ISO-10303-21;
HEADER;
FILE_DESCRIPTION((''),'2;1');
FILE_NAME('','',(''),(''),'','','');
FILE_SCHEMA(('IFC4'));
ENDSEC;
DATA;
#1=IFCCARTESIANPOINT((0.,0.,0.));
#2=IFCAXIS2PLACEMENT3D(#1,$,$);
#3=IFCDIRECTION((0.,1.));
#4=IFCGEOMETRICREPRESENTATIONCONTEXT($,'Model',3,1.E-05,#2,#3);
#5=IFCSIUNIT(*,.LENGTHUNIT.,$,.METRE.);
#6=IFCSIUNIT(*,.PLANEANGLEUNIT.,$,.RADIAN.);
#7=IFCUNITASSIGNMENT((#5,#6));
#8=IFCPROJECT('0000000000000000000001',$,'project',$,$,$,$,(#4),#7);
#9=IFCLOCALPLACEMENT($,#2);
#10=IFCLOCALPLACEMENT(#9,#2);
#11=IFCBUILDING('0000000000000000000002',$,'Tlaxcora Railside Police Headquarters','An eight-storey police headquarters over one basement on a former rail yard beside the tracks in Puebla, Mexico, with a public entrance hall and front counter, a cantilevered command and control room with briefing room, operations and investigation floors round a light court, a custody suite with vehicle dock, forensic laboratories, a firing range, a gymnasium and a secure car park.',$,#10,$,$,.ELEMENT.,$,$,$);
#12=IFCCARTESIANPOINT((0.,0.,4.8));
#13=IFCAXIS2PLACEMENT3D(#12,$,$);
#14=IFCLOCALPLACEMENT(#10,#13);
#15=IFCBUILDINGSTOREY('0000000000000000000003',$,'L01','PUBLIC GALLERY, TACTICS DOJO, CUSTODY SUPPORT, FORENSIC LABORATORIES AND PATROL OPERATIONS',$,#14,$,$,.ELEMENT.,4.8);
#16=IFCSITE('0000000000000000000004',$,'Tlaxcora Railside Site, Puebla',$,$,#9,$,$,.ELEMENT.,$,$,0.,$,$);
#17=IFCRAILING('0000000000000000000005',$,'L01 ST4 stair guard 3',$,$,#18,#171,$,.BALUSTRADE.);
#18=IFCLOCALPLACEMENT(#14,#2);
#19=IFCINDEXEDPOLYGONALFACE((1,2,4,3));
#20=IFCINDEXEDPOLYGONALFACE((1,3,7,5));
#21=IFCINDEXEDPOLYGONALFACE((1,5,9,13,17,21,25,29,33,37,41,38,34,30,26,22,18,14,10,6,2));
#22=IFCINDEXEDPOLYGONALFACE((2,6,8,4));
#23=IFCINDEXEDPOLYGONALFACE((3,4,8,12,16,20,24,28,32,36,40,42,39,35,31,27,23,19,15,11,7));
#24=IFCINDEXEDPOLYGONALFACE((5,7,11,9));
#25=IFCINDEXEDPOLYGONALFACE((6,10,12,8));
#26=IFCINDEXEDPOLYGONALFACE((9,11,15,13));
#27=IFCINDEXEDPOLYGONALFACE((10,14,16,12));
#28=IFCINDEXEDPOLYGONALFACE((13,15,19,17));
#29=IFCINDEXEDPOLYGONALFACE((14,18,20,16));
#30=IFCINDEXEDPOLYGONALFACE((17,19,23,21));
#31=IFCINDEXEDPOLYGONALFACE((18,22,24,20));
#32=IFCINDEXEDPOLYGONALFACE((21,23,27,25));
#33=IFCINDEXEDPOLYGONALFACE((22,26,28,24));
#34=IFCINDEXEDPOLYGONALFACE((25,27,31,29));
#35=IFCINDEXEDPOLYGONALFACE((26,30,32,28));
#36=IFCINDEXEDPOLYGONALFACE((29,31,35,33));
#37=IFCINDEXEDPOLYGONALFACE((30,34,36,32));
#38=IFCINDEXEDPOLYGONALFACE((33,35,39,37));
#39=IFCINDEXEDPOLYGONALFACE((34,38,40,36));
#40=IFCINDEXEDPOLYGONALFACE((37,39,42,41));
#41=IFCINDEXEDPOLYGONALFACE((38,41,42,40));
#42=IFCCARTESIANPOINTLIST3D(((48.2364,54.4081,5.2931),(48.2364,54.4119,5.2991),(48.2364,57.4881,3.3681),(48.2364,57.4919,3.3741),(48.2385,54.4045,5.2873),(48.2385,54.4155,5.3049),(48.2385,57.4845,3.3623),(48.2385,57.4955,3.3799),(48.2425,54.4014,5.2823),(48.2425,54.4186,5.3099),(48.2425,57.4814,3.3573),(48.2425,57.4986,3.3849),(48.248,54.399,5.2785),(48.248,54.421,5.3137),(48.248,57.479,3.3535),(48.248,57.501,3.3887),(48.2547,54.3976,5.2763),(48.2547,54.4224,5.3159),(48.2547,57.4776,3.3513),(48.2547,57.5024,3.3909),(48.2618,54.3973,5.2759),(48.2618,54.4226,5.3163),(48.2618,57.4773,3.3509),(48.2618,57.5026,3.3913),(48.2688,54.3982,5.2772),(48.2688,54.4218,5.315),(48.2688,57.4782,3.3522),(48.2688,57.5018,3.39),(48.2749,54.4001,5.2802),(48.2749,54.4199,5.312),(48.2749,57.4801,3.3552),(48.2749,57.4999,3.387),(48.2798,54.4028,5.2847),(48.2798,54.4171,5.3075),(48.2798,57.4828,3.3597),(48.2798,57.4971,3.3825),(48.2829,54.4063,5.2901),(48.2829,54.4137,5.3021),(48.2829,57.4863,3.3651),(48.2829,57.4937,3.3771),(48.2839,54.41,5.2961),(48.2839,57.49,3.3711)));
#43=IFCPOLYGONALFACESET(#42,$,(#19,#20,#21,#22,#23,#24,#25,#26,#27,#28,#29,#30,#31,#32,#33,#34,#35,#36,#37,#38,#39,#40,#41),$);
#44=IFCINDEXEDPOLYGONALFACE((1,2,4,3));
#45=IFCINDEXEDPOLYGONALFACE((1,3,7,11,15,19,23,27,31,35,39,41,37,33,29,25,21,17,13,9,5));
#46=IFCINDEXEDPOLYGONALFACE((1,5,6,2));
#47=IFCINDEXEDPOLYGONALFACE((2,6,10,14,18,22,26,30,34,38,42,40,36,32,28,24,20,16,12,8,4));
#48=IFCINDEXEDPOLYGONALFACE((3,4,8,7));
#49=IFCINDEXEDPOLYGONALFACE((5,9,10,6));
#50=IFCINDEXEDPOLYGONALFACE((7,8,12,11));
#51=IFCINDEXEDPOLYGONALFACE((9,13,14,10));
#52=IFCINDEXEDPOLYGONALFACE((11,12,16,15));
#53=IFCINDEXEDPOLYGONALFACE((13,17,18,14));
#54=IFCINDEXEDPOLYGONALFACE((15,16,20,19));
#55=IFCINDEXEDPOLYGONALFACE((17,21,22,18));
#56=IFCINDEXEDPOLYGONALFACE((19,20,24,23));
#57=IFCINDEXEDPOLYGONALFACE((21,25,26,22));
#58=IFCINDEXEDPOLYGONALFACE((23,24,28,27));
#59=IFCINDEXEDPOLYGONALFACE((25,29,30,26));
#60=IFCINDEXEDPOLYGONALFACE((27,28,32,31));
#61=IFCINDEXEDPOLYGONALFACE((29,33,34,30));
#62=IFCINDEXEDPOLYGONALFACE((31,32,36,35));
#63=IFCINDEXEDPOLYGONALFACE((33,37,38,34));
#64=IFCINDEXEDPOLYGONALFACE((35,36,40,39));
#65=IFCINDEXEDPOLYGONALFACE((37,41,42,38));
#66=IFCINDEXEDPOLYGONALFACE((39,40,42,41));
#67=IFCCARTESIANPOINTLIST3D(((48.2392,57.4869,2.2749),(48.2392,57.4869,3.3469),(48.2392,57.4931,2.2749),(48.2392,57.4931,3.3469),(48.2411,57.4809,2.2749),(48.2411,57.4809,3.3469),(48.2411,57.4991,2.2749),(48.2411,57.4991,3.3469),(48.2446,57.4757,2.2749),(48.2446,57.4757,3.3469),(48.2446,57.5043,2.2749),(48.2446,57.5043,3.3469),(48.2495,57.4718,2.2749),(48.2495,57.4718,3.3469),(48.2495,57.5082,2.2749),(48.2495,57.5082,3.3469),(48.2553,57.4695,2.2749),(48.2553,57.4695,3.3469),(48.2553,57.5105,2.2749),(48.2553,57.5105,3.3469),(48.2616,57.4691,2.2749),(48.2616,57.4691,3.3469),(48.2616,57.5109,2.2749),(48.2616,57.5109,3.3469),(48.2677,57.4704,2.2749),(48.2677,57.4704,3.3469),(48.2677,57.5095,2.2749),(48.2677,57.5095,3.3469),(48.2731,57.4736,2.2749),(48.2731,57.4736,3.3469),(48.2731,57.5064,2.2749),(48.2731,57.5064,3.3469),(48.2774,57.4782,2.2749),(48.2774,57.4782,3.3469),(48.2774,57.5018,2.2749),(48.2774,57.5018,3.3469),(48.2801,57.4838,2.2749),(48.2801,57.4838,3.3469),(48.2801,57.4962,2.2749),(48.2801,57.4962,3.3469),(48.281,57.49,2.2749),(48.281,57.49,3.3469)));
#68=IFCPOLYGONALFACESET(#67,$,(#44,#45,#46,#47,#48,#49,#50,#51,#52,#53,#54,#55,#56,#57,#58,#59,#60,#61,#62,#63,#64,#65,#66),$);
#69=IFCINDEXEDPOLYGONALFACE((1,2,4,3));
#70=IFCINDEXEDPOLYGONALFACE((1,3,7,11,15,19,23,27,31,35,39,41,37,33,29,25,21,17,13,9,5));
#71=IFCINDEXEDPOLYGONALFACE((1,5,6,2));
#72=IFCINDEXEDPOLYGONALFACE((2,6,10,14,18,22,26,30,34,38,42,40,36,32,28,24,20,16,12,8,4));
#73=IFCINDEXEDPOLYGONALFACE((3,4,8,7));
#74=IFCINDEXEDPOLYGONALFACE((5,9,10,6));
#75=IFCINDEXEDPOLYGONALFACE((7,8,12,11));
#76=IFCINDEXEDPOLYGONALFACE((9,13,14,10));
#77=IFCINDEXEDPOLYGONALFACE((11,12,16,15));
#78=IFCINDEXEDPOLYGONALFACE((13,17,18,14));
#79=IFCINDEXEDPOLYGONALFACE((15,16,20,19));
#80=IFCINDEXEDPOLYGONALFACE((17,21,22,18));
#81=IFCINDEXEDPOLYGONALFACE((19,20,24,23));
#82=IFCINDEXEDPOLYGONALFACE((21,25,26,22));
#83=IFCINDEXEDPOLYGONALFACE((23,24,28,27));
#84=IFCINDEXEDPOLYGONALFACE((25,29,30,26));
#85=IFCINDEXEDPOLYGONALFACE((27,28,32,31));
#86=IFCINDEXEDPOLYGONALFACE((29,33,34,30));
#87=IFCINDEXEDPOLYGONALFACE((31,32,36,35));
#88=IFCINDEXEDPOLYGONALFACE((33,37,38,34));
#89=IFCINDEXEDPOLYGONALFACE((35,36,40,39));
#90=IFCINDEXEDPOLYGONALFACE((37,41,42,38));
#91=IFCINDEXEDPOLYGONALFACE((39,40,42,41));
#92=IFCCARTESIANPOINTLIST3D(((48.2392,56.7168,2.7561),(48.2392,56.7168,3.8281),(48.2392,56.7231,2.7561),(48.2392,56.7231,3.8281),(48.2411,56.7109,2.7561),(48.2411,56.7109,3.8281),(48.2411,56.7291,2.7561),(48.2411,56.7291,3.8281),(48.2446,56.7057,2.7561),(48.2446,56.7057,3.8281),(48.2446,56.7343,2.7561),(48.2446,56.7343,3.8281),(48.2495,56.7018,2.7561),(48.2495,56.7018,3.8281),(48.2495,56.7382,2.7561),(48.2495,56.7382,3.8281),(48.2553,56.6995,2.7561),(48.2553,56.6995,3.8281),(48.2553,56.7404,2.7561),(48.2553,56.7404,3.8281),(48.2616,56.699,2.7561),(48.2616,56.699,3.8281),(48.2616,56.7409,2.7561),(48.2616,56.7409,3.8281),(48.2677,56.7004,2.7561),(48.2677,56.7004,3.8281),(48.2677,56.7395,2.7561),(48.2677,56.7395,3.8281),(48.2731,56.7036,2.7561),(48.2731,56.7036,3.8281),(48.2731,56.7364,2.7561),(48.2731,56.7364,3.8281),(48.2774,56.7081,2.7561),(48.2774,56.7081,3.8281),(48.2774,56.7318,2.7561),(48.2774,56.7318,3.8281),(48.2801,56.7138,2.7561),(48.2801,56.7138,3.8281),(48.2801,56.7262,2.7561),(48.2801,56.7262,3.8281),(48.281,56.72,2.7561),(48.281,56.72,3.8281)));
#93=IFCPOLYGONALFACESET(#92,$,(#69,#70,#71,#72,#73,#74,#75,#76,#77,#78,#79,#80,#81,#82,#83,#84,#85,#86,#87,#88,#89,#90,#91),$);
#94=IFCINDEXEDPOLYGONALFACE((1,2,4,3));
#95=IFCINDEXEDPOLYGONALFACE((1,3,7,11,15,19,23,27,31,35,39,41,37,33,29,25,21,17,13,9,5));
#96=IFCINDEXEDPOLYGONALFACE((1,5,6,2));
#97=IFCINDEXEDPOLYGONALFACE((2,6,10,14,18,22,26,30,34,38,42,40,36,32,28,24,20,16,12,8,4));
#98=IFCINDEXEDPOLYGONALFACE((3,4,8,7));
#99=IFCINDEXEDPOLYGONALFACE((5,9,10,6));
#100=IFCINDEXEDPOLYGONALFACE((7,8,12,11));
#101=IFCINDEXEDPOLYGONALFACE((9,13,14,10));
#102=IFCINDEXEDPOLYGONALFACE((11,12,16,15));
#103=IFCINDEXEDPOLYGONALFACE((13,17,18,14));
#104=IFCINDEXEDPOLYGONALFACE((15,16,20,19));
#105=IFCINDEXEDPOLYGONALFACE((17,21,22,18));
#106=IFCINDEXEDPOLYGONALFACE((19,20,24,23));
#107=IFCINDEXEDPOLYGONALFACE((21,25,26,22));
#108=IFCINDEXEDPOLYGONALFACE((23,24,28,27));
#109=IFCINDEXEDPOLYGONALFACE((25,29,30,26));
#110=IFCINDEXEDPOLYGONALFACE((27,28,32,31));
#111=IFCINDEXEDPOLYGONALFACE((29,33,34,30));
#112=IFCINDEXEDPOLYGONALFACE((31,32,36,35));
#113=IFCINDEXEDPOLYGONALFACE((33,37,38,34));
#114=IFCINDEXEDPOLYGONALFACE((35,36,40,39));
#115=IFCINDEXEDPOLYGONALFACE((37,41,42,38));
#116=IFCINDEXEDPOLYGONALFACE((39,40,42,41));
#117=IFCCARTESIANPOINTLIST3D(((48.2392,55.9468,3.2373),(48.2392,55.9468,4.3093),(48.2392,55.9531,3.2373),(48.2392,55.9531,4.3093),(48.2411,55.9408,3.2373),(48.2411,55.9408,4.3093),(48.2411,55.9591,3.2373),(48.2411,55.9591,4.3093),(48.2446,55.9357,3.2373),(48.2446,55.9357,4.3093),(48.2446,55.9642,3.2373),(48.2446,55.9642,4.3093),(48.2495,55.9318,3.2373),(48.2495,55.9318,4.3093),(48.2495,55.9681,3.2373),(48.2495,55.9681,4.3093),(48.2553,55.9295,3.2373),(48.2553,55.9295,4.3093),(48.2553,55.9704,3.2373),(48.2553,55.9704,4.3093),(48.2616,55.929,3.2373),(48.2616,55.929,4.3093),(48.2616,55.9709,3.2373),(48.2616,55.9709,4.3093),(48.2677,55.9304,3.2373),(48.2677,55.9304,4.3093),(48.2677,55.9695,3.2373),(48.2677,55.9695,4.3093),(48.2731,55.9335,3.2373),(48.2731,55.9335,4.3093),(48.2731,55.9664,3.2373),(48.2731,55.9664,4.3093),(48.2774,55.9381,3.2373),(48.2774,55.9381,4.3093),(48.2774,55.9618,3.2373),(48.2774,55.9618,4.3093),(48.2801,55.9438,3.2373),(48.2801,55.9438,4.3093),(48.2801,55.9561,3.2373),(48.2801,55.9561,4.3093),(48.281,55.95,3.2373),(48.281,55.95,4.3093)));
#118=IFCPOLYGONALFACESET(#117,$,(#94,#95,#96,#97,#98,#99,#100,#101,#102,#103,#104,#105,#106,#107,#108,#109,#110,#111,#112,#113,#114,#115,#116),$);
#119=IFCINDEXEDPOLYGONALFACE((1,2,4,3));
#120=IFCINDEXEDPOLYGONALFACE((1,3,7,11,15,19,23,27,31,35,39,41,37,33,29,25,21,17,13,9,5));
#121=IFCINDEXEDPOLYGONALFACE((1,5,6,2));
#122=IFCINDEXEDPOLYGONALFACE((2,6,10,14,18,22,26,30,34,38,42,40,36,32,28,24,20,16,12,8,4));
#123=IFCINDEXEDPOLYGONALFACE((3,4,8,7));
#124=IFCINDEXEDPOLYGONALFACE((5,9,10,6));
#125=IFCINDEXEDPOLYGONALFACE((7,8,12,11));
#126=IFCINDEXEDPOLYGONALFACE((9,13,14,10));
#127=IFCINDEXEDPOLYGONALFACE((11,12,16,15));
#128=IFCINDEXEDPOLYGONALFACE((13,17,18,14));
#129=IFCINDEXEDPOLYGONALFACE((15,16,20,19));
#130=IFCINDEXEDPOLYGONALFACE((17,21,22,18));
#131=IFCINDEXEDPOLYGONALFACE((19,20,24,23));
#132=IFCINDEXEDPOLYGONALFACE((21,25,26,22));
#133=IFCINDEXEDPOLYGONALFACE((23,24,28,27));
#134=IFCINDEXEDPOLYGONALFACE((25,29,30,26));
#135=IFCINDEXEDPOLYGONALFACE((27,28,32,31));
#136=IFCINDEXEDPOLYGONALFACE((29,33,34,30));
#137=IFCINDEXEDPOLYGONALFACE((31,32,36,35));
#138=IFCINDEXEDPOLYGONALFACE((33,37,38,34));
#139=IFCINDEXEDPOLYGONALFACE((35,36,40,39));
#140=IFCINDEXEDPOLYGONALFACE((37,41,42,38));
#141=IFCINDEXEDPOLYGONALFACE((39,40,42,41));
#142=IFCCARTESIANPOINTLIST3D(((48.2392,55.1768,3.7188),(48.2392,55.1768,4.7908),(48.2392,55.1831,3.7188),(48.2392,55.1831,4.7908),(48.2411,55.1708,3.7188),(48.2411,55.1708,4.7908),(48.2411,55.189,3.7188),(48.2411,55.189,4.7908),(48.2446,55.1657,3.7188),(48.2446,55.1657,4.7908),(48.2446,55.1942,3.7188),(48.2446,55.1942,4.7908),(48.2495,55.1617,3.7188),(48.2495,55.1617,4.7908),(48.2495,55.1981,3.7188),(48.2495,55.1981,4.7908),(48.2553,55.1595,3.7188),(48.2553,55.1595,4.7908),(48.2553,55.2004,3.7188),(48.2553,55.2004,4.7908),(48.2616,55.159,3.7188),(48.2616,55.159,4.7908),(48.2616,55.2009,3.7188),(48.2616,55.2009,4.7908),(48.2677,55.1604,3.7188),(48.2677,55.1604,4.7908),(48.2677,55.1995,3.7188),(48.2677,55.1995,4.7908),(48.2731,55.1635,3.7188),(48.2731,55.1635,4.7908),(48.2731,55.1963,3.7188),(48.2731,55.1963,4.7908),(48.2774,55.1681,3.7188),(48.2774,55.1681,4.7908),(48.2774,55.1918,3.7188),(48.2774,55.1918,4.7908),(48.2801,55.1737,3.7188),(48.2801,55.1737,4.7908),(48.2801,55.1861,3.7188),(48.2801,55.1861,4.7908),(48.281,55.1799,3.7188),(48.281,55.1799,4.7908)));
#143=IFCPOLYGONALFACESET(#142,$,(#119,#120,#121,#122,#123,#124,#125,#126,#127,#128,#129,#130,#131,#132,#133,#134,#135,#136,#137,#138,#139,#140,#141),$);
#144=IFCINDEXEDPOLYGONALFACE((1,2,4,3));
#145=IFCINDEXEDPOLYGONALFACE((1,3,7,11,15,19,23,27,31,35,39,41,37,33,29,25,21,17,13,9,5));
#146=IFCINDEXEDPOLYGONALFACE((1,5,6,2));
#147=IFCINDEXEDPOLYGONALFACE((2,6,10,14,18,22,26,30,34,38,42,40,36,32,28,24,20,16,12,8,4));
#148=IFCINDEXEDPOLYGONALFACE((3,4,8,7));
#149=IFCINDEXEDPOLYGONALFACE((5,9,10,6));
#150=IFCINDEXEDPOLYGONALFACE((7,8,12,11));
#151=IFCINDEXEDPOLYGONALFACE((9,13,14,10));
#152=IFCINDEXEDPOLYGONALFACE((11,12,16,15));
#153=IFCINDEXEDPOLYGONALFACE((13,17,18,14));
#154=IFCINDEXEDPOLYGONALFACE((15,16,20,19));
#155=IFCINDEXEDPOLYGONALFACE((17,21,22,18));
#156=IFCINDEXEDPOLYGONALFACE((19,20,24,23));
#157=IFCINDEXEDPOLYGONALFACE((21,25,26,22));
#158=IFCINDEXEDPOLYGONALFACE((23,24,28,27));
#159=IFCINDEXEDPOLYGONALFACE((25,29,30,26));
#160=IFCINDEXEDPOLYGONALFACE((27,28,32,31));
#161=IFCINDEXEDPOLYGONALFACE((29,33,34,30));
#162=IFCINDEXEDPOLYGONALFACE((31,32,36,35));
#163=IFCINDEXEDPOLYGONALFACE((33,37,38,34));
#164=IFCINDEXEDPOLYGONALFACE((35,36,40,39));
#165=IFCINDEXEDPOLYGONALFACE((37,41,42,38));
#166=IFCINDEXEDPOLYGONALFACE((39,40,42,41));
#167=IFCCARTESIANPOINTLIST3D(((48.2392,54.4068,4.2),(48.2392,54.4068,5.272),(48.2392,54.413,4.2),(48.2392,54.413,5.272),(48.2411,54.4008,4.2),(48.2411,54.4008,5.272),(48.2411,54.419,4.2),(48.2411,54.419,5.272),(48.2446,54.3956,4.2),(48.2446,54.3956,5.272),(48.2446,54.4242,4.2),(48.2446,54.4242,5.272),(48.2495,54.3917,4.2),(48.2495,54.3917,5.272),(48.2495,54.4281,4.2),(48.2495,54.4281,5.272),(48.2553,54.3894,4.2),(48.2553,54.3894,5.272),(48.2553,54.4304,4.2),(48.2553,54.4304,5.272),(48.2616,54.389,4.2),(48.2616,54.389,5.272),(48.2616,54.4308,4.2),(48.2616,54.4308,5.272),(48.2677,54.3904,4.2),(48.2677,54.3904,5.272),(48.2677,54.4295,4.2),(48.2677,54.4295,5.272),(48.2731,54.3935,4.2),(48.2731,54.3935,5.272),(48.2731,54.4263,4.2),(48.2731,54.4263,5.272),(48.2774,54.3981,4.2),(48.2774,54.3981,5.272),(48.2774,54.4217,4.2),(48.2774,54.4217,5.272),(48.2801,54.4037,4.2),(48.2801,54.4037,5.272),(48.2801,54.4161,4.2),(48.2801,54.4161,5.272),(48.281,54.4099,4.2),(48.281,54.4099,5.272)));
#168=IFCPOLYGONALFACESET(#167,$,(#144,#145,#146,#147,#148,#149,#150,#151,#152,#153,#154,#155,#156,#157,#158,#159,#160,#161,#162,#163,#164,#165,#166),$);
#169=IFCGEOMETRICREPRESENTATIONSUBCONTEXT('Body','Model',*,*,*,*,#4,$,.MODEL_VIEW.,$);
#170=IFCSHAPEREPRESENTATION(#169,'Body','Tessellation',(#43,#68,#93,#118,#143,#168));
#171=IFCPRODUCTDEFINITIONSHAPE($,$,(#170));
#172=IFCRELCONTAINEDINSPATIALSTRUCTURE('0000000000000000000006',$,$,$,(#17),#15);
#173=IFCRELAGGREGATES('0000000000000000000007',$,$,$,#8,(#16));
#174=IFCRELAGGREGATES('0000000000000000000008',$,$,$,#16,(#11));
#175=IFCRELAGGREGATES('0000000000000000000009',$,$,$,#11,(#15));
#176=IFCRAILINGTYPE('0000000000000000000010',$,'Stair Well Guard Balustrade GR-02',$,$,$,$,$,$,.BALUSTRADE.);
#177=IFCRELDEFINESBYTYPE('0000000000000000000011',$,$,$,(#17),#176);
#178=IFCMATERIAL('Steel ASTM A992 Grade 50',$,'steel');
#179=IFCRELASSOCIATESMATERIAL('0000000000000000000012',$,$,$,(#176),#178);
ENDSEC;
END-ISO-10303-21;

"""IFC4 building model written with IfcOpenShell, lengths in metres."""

from ifc_helpers import new_model, si_unit, direction, frame, origin, origin_2d, place, context, subcontext, project, spatial, circle, extrude, material, type_object, element, save


model = new_model("IFC4")

# Units and contexts
model_context = context("Model", 3, precision=1e-05, world=origin(), true_north=direction((0.0, 1.0)))
body_context = subcontext(model_context, "Body", "Model", "MODEL_VIEW")
ifc_project = project(units=[si_unit("LENGTHUNIT", "METRE"), si_unit("PLANEANGLEUNIT", "RADIAN")], contexts=[model_context])

# Site, building, storey
site_placement = place(None, origin())
site = spatial("IfcSite", under=ifc_project, at=site_placement, Name="Tlaxcora Railside Site, Puebla", CompositionType="ELEMENT", RefElevation=0.0)
building_placement = place(site_placement, origin())
building = spatial("IfcBuilding", under=site, at=building_placement, Name="Tlaxcora Railside Police Headquarters", Description="An eight-storey police headquarters over one basement on a former rail yard beside the tracks in Puebla, Mexico, with a public entrance hall and front counter, a cantilevered command and control room with briefing room, operations and investigation floors round a light court, a custody suite with vehicle dock, forensic laboratories, a firing range, a gymnasium and a secure car park.", CompositionType="ELEMENT")
storey_placement = place(building_placement, frame((0.0, 0.0, 4.8)))
storey = spatial("IfcBuildingStorey", under=building, at=storey_placement, Name="L01", Description="PUBLIC GALLERY, TACTICS DOJO, CUSTODY SUPPORT, FORENSIC LABORATORIES AND PATROL OPERATIONS", CompositionType="ELEMENT", Elevation=4.8)

# Shared definitions
ifc_material_1 = material(Name="Steel ASTM A992 Grade 50", Category="steel")

# Railing
railing_type_1 = type_object("IfcRailingType", Name="Stair Well Guard Balustrade GR-02", PredefinedType="BALUSTRADE", material=ifc_material_1)
railing_1_placement = place(storey_placement, frame((48.26, 57.49, 2.2749)))
element("IfcRailing", 1, at=railing_1_placement, inside=storey, type_object=railing_type_1, Name="L01 ST4 stair guard 3", PredefinedType="BALUSTRADE", context=body_context, shape_type="SweptSolid", body=[
    extrude(circle(Radius=0.0239, at=origin_2d()), frame((0.0, 0.0, 1.0962), z_axis=(0.0, -0.847998, 0.529999), x_axis=(1.0, 0.0, 0.0)), (0.0, 0.0, 1.0), 3.6321),
    extrude(circle(Radius=0.021, at=origin_2d()), origin(), (0.0, 0.0, 1.0), 1.072),
    extrude(circle(Radius=0.021, at=origin_2d()), frame((0.0, -0.77, 0.4812)), (0.0, 0.0, 1.0), 1.072),
    extrude(circle(Radius=0.021, at=origin_2d()), frame((0.0, -1.54, 0.9624)), (0.0, 0.0, 1.0), 1.072),
    extrude(circle(Radius=0.021, at=origin_2d()), frame((0.0, -2.3101, 1.4438)), (0.0, 0.0, 1.0), 1.072),
    extrude(circle(Radius=0.021, at=origin_2d()), frame((0.0, -3.0801, 1.925)), (0.0, 0.0, 1.0), 1.072),
])

save(model, "model.ifc")
